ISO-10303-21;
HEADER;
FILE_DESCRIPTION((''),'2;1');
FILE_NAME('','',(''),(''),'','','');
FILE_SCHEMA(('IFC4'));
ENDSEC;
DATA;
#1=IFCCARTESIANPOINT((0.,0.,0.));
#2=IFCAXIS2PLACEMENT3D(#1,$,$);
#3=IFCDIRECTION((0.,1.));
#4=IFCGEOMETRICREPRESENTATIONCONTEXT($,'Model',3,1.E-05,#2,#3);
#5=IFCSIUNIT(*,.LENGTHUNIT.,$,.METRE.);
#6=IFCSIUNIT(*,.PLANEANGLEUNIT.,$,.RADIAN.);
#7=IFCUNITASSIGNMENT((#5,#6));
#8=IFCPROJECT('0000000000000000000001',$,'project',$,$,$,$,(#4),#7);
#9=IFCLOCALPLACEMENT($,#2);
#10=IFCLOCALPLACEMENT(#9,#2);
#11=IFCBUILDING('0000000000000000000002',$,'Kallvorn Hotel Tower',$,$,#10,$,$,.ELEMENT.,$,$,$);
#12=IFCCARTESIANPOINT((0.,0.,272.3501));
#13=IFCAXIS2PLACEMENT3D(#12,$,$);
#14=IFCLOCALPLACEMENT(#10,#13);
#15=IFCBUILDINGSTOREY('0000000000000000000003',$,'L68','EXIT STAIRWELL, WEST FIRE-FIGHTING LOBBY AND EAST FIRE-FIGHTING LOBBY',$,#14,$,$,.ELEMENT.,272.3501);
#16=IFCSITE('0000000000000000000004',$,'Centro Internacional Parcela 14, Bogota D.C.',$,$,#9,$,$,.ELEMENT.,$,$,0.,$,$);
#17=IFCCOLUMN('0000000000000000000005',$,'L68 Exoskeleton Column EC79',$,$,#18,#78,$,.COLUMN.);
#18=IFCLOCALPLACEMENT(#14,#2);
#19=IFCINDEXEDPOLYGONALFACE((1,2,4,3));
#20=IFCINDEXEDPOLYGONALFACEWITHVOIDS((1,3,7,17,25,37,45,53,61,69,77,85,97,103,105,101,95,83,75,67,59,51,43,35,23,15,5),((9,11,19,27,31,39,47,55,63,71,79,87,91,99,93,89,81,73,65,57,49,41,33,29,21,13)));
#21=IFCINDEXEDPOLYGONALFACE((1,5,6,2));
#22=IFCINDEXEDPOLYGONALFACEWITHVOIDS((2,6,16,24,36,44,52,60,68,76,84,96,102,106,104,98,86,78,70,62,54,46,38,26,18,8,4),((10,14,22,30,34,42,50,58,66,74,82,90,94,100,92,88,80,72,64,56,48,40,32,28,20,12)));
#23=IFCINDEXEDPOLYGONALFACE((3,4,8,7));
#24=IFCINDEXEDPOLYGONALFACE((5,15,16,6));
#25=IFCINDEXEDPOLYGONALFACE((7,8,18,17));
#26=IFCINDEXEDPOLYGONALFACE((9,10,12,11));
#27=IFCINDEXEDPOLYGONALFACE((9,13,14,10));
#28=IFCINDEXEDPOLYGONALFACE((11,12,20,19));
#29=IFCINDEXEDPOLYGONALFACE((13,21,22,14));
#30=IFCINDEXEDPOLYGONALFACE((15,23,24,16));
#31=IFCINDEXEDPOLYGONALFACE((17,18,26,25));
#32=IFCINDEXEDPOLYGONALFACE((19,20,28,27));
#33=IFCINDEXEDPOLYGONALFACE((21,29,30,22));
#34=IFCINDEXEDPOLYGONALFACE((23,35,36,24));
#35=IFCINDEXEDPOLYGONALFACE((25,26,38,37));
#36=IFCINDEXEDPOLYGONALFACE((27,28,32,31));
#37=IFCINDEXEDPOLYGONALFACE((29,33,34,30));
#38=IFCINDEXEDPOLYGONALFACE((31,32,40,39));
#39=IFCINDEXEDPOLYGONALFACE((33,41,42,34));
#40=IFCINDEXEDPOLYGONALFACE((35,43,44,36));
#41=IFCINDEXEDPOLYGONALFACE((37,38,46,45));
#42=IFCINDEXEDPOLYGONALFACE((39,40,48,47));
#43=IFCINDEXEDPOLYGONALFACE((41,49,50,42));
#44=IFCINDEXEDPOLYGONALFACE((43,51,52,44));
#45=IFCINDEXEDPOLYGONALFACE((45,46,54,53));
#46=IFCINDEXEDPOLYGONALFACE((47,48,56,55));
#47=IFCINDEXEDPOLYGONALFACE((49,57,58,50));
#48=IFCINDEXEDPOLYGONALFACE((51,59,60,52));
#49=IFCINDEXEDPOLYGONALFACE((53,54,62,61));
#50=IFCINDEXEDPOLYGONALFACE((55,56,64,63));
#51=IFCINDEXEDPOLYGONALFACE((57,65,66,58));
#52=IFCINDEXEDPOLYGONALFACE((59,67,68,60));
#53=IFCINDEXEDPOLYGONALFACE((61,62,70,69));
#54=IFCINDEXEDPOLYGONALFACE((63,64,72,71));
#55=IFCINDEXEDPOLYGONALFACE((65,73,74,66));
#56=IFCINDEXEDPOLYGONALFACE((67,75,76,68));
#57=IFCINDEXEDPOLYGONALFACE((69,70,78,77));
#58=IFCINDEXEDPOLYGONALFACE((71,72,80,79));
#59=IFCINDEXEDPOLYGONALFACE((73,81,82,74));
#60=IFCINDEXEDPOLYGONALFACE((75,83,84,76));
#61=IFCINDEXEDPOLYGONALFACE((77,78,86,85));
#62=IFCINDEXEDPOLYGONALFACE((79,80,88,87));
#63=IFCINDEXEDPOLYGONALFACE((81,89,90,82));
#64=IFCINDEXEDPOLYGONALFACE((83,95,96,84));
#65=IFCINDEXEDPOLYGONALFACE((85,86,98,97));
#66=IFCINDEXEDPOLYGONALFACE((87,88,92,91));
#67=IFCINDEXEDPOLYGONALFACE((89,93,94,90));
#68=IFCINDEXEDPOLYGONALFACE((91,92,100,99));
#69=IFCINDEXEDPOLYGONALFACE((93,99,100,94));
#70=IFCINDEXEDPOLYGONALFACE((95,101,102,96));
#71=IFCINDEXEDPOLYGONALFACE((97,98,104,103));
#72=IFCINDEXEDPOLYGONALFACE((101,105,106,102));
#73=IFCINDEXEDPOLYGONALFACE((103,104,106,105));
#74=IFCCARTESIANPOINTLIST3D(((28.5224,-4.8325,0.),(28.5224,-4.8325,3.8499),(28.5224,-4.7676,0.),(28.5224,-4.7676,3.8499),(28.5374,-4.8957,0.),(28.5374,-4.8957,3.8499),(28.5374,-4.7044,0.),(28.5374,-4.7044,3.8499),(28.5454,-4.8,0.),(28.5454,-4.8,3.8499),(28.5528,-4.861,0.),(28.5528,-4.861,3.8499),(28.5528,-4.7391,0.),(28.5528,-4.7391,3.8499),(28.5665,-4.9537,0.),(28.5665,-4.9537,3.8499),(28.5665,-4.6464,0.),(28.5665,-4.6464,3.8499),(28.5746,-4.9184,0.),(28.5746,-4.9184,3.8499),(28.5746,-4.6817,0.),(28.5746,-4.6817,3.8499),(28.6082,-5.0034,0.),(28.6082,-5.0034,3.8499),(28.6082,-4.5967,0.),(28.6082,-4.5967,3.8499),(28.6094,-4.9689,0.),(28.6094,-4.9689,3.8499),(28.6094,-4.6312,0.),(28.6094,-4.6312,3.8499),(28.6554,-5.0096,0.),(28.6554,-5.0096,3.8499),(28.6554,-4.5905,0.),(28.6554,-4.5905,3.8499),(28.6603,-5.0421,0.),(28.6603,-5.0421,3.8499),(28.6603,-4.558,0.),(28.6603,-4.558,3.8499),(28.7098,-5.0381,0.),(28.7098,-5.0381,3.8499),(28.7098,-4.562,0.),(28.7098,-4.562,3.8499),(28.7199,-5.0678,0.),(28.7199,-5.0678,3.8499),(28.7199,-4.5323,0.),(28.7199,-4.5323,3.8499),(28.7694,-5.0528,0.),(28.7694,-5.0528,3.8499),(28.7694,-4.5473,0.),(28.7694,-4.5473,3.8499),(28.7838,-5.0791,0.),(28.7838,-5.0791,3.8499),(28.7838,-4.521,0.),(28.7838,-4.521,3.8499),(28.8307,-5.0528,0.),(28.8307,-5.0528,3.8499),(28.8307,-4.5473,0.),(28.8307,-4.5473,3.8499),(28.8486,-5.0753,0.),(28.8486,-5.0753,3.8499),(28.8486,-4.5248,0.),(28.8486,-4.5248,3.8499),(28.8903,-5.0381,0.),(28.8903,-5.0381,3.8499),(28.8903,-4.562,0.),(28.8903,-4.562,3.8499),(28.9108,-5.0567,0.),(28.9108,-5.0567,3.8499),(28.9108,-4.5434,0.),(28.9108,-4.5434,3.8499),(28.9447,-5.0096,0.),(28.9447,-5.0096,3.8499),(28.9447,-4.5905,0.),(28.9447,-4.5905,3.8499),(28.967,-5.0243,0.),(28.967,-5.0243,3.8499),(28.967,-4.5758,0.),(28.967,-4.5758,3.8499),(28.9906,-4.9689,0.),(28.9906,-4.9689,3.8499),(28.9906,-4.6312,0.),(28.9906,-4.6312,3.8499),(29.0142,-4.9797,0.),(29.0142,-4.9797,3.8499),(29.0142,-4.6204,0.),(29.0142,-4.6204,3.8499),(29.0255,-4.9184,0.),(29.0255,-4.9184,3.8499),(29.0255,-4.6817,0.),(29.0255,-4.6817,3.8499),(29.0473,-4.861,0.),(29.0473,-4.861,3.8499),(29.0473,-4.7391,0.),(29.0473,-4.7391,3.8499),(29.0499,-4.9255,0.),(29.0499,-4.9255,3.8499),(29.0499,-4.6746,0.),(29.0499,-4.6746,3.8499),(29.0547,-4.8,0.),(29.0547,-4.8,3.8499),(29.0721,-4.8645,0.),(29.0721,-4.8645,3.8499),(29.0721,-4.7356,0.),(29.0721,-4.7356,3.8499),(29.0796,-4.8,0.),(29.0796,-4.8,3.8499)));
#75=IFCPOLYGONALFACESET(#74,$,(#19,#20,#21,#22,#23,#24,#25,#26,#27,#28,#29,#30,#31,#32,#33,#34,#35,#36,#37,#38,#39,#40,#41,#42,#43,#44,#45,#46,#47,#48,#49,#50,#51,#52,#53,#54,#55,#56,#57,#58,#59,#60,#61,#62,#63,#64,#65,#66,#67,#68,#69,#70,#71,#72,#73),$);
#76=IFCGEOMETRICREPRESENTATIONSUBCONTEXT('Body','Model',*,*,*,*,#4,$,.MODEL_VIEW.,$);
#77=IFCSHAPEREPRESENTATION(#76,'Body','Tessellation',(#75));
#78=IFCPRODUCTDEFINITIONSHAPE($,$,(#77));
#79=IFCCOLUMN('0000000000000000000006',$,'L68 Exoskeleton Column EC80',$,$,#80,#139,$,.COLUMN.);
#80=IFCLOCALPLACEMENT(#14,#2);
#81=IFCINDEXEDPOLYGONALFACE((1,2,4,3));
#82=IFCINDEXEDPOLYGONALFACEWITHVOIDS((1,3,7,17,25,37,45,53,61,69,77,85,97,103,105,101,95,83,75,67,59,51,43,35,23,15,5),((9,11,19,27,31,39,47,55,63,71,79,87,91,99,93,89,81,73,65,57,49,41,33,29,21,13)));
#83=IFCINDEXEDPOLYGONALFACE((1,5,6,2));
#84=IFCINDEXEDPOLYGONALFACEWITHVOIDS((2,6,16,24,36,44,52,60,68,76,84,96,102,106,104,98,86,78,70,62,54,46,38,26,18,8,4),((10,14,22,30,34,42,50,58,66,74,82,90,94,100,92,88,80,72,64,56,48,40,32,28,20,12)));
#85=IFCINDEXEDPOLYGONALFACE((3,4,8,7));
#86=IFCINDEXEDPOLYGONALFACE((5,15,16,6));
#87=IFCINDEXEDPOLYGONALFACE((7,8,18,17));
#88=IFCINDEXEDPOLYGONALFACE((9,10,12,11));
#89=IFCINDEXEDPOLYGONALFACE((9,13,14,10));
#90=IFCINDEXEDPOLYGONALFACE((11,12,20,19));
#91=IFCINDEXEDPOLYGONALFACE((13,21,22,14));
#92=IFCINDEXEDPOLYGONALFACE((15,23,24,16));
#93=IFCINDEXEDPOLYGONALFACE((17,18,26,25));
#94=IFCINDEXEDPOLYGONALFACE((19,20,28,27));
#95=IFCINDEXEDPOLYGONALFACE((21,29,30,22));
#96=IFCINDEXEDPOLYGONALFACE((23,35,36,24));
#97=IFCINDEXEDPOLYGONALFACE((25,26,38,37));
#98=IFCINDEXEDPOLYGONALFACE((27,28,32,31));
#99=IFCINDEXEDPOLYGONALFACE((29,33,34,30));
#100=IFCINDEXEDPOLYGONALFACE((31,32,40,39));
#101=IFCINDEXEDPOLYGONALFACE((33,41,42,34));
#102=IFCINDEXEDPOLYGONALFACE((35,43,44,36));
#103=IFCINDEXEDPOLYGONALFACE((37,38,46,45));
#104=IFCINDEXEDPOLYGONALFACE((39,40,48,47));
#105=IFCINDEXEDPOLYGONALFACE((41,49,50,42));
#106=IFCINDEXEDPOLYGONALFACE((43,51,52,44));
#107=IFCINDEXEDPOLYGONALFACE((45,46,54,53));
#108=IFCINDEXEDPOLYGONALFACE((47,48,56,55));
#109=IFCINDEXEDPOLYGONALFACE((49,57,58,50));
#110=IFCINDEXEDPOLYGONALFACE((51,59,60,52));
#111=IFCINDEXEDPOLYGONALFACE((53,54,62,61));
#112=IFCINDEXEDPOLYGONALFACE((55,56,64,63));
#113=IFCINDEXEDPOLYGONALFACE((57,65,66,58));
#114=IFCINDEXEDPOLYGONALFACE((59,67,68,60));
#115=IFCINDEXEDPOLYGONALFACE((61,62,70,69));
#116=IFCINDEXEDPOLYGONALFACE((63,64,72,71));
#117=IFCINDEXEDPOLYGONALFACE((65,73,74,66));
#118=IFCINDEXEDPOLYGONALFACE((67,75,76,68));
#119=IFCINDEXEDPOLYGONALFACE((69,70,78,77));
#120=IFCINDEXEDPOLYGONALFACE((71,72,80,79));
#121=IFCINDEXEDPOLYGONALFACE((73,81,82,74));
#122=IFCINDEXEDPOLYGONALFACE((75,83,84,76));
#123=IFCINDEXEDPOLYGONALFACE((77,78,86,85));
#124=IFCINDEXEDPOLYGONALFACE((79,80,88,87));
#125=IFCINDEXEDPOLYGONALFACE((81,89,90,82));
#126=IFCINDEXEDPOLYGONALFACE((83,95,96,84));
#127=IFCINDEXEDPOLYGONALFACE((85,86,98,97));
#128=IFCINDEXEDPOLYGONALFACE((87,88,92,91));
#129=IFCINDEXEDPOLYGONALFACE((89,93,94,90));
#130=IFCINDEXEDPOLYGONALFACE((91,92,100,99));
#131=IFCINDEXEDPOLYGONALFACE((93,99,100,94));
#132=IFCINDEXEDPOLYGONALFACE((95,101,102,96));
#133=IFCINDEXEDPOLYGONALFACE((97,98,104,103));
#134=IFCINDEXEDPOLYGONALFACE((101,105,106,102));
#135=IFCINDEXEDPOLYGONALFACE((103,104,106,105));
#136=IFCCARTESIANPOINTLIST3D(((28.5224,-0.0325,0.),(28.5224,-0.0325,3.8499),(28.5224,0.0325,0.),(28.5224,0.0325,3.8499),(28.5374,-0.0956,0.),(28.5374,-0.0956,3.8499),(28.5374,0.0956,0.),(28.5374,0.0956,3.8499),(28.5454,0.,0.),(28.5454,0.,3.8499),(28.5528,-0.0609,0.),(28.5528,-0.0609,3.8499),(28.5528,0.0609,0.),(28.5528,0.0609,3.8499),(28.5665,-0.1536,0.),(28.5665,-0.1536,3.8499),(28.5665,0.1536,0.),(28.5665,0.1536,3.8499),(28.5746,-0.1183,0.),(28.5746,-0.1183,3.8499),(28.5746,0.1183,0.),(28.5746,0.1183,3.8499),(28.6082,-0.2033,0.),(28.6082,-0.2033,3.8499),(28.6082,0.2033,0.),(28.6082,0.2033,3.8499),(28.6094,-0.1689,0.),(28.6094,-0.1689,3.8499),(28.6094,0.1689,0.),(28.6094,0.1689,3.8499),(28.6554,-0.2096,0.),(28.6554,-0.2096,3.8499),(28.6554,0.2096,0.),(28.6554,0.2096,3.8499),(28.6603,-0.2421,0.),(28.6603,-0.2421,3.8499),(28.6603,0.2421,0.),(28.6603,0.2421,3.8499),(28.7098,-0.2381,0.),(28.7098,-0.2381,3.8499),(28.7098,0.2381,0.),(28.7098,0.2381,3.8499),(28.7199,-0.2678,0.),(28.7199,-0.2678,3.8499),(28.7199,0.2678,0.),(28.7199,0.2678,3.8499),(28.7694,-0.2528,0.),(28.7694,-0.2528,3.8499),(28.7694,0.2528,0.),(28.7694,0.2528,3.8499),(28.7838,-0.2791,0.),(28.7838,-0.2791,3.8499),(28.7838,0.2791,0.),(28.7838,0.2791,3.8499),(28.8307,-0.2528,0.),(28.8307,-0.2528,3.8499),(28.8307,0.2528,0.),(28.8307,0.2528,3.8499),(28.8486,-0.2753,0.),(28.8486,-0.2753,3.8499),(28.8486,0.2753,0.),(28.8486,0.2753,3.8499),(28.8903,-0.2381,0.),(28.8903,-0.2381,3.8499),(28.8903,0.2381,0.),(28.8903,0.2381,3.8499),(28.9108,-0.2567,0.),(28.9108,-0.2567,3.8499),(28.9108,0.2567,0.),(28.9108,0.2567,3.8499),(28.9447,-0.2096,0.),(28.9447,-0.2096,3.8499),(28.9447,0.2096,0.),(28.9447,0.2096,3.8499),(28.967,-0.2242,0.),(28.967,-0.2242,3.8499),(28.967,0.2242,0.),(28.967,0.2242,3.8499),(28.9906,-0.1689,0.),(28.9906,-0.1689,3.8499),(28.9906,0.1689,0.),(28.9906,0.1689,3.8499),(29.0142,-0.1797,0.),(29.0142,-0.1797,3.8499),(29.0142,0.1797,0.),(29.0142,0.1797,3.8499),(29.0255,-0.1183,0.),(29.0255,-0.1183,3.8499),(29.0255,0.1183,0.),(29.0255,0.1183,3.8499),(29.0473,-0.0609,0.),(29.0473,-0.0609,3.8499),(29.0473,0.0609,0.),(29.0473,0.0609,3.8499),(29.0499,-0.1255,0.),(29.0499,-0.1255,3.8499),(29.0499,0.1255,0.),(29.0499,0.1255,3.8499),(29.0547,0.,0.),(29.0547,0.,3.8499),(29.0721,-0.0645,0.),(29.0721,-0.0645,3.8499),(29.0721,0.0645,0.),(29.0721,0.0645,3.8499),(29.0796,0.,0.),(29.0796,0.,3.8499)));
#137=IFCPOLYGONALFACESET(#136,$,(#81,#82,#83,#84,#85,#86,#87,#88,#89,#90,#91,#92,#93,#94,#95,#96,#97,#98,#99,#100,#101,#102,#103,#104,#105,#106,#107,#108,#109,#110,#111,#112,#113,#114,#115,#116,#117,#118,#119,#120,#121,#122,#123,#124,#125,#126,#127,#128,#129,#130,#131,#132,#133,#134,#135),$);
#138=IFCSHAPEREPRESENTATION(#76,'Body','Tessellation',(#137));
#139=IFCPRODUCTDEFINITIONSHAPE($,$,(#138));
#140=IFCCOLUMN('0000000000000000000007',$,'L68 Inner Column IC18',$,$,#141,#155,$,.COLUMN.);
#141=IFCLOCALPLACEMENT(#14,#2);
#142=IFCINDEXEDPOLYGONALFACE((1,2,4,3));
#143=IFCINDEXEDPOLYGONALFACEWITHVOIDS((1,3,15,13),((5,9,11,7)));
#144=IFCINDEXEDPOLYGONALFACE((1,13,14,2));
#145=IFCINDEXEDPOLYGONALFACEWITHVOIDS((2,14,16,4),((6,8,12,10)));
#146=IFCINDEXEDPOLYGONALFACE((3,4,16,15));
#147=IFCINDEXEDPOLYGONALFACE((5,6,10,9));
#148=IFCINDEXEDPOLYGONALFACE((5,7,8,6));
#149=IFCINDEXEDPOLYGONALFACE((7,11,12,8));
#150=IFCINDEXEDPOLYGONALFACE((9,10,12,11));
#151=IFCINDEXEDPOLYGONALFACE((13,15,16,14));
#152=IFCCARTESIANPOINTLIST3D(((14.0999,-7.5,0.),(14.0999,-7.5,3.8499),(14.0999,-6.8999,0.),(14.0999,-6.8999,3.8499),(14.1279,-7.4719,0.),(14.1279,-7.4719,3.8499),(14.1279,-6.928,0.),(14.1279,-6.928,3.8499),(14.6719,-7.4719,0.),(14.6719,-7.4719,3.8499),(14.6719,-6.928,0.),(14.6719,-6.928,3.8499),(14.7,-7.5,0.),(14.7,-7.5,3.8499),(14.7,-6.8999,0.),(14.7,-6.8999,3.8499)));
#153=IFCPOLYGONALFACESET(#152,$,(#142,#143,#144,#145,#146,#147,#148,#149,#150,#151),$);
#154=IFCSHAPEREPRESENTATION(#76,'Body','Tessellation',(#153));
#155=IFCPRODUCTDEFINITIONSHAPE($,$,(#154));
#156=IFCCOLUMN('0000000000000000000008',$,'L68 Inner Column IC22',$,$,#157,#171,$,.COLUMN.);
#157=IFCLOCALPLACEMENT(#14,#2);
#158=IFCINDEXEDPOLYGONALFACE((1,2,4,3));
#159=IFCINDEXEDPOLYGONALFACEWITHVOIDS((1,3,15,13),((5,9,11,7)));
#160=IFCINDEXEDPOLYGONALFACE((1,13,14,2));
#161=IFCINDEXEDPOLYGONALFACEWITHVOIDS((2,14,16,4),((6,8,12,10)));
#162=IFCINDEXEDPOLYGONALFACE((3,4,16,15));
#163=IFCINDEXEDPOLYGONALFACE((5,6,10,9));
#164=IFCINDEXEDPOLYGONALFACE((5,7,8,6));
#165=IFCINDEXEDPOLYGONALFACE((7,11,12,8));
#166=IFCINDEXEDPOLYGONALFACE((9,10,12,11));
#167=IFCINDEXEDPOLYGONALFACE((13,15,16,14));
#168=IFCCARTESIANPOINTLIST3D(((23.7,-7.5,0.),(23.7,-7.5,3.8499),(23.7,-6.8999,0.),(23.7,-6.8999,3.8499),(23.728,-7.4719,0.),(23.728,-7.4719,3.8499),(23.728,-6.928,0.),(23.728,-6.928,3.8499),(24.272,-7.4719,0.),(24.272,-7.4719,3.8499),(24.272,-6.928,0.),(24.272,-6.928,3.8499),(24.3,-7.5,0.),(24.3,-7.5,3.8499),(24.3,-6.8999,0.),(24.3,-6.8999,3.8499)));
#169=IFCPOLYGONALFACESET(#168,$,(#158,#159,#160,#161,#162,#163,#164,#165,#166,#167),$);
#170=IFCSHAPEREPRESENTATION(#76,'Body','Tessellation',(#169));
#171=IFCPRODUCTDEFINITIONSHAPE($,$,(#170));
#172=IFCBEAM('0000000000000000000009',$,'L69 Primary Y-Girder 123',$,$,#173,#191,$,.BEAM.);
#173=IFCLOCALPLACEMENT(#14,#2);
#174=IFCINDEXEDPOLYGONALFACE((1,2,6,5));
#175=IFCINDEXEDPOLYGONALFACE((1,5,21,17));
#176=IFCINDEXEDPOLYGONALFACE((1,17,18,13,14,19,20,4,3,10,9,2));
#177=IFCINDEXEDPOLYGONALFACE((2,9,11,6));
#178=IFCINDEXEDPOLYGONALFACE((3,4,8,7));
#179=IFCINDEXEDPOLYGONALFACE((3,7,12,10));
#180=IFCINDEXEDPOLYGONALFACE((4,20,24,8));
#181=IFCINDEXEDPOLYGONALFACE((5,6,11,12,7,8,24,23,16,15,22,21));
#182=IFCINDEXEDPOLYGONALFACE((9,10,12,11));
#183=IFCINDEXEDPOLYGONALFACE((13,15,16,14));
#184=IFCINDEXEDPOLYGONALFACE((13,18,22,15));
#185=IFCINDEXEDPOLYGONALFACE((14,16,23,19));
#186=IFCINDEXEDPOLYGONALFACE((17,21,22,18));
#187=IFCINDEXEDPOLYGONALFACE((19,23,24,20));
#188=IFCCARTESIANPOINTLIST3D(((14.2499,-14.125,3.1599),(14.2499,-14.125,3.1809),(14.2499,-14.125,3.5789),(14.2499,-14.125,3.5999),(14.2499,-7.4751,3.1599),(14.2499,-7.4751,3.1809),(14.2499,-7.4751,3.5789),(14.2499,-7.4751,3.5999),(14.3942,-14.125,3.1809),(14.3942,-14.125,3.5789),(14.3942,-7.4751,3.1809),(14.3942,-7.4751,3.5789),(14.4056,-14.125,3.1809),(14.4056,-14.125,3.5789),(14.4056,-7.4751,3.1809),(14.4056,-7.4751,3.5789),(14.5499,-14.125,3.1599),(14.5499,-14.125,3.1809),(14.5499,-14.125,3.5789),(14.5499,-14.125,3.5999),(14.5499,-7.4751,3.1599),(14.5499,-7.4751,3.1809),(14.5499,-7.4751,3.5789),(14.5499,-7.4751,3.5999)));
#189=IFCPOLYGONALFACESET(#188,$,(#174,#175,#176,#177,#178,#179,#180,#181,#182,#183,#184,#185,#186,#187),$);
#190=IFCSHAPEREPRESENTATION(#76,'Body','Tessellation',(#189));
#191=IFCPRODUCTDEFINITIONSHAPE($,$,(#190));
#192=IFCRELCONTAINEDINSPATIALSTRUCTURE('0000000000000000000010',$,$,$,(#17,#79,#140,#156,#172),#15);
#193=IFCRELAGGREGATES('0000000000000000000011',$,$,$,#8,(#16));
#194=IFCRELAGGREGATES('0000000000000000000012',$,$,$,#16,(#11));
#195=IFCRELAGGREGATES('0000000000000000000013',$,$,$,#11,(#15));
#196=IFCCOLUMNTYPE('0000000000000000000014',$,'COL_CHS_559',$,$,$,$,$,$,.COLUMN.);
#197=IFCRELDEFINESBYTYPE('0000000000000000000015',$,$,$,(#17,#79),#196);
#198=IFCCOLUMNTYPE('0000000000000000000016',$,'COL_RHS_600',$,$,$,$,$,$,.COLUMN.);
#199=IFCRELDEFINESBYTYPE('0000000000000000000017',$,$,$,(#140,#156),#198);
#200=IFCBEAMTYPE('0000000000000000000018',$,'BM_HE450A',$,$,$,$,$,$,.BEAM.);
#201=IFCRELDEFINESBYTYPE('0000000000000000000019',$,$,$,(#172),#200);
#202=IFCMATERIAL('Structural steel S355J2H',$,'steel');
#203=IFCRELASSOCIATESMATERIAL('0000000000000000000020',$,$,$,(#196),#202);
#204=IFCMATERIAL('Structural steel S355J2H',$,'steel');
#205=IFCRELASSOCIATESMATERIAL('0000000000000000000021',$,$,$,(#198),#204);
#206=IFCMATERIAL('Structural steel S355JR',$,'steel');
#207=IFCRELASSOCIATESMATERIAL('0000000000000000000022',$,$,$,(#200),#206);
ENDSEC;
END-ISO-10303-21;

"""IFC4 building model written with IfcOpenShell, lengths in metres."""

from ifc_helpers import new_model, si_unit, direction, frame, origin, origin_2d, place, context, subcontext, project, spatial, hollow_rectangle, hollow_circle, i_section, extrude, material, material_profile, profile_set, type_object, element, save


model = new_model("IFC4")

# Units and contexts
model_context = context("Model", 3, precision=1e-05, world=origin(), true_north=direction((0.0, 1.0)))
body_context = subcontext(model_context, "Body", "Model", "MODEL_VIEW")
ifc_project = project(units=[si_unit("LENGTHUNIT", "METRE"), si_unit("PLANEANGLEUNIT", "RADIAN")], contexts=[model_context])

# Site, building, storey
site_placement = place(None, origin())
site = spatial("IfcSite", under=ifc_project, at=site_placement, Name="Centro Internacional Parcela 14, Bogota D.C.", CompositionType="ELEMENT", RefElevation=0.0)
building_placement = place(site_placement, origin())
building = spatial("IfcBuilding", under=site, at=building_placement, Name="Kallvorn Hotel Tower", CompositionType="ELEMENT")
storey_placement = place(building_placement, frame((0.0, 0.0, 272.3501)))
storey = spatial("IfcBuildingStorey", under=building, at=storey_placement, Name="L68", Description="EXIT STAIRWELL, WEST FIRE-FIGHTING LOBBY AND EAST FIRE-FIGHTING LOBBY", CompositionType="ELEMENT", Elevation=272.3501)

# Columns
ifc_material_1 = material(Name="Structural steel S355J2H", Category="steel")
ifc_material_profile_1 = material_profile(ifc_material_1, hollow_circle(Radius=0.2795, WallThickness=0.0249, at=origin_2d()), Name="CHS 559x25")
ifc_profile_set_1 = profile_set([ifc_material_profile_1], Name="Structural steel S355J2H")
column_type_1 = type_object("IfcColumnType", Name="COL_CHS_559", PredefinedType="COLUMN", material=ifc_profile_set_1)
for number, where, z_axis, x_axis, name in (
    (1, (28.8, -4.8, 0.0), (0.0, 0.0, 1.0), (1.0, 0.0, 0.0), "L68 Exoskeleton Column EC79"),
    (2, (28.8, 0.0, 0.0), (0.0, 0.0, 1.0), (1.0, 0.0, 0.0), "L68 Exoskeleton Column EC80"),
):
    element("IfcColumn", number, at=place(storey_placement, frame(where, z_axis=z_axis, x_axis=x_axis)), inside=storey, type_object=column_type_1, Name=name, PredefinedType="COLUMN", context=body_context, shape_type="SweptSolid", body=[
        extrude(hollow_circle(Radius=0.2795, WallThickness=0.0249, at=origin_2d()), origin(), (0.0, 0.0, 1.0), 3.8499),
    ])
ifc_material_2 = material(Name="Structural steel S355J2H", Category="steel")
ifc_material_profile_2 = material_profile(ifc_material_2, hollow_rectangle(XDim=0.6001, YDim=0.6001, WallThickness=0.0281, at=origin_2d()), Name="RHS 600x600x28")
ifc_profile_set_2 = profile_set([ifc_material_profile_2], Name="Structural steel S355J2H")
column_type_2 = type_object("IfcColumnType", Name="COL_RHS_600", PredefinedType="COLUMN", material=ifc_profile_set_2)
for number, where, z_axis, x_axis, name in (
    (3, (14.3999, -7.2, 0.0), (0.0, 0.0, 1.0), (1.0, 0.0, 0.0), "L68 Inner Column IC18"),
    (4, (24.0, -7.2, 0.0), (0.0, 0.0, 1.0), (1.0, 0.0, 0.0), "L68 Inner Column IC22"),
):
    element("IfcColumn", number, at=place(storey_placement, frame(where, z_axis=z_axis, x_axis=x_axis)), inside=storey, type_object=column_type_2, Name=name, PredefinedType="COLUMN", context=body_context, shape_type="SweptSolid", body=[
        extrude(hollow_rectangle(XDim=0.6001, YDim=0.6001, WallThickness=0.0281, at=origin_2d()), origin(), (0.0, 0.0, 1.0), 3.8499),
    ])

# Beam
ifc_material_3 = material(Name="Structural steel S355JR", Category="steel")
ifc_material_profile_3 = material_profile(ifc_material_3, i_section(OverallWidth=0.3, OverallDepth=0.4399, WebThickness=0.0115, FlangeThickness=0.021, at=origin_2d()), Name="HE 450 A")
ifc_profile_set_3 = profile_set([ifc_material_profile_3], Name="Structural steel S355JR")
beam_type_1 = type_object("IfcBeamType", Name="BM_HE450A", PredefinedType="BEAM", material=ifc_profile_set_3)
beam_1_placement = place(storey_placement, frame((14.3999, -14.125, 3.3799), z_axis=(0.0, 1.0, 0.0), x_axis=(-1.0, 0.0, 0.0)))
element("IfcBeam", 5, at=beam_1_placement, inside=storey, type_object=beam_type_1, Name="L69 Primary Y-Girder 123", PredefinedType="BEAM", context=body_context, shape_type="SweptSolid", body=[
    extrude(i_section(OverallWidth=0.3, OverallDepth=0.4399, WebThickness=0.0115, FlangeThickness=0.021, at=origin_2d()), origin(), (0.0, 0.0, 1.0), 6.6499),
])

save(model, "model.ifc")
